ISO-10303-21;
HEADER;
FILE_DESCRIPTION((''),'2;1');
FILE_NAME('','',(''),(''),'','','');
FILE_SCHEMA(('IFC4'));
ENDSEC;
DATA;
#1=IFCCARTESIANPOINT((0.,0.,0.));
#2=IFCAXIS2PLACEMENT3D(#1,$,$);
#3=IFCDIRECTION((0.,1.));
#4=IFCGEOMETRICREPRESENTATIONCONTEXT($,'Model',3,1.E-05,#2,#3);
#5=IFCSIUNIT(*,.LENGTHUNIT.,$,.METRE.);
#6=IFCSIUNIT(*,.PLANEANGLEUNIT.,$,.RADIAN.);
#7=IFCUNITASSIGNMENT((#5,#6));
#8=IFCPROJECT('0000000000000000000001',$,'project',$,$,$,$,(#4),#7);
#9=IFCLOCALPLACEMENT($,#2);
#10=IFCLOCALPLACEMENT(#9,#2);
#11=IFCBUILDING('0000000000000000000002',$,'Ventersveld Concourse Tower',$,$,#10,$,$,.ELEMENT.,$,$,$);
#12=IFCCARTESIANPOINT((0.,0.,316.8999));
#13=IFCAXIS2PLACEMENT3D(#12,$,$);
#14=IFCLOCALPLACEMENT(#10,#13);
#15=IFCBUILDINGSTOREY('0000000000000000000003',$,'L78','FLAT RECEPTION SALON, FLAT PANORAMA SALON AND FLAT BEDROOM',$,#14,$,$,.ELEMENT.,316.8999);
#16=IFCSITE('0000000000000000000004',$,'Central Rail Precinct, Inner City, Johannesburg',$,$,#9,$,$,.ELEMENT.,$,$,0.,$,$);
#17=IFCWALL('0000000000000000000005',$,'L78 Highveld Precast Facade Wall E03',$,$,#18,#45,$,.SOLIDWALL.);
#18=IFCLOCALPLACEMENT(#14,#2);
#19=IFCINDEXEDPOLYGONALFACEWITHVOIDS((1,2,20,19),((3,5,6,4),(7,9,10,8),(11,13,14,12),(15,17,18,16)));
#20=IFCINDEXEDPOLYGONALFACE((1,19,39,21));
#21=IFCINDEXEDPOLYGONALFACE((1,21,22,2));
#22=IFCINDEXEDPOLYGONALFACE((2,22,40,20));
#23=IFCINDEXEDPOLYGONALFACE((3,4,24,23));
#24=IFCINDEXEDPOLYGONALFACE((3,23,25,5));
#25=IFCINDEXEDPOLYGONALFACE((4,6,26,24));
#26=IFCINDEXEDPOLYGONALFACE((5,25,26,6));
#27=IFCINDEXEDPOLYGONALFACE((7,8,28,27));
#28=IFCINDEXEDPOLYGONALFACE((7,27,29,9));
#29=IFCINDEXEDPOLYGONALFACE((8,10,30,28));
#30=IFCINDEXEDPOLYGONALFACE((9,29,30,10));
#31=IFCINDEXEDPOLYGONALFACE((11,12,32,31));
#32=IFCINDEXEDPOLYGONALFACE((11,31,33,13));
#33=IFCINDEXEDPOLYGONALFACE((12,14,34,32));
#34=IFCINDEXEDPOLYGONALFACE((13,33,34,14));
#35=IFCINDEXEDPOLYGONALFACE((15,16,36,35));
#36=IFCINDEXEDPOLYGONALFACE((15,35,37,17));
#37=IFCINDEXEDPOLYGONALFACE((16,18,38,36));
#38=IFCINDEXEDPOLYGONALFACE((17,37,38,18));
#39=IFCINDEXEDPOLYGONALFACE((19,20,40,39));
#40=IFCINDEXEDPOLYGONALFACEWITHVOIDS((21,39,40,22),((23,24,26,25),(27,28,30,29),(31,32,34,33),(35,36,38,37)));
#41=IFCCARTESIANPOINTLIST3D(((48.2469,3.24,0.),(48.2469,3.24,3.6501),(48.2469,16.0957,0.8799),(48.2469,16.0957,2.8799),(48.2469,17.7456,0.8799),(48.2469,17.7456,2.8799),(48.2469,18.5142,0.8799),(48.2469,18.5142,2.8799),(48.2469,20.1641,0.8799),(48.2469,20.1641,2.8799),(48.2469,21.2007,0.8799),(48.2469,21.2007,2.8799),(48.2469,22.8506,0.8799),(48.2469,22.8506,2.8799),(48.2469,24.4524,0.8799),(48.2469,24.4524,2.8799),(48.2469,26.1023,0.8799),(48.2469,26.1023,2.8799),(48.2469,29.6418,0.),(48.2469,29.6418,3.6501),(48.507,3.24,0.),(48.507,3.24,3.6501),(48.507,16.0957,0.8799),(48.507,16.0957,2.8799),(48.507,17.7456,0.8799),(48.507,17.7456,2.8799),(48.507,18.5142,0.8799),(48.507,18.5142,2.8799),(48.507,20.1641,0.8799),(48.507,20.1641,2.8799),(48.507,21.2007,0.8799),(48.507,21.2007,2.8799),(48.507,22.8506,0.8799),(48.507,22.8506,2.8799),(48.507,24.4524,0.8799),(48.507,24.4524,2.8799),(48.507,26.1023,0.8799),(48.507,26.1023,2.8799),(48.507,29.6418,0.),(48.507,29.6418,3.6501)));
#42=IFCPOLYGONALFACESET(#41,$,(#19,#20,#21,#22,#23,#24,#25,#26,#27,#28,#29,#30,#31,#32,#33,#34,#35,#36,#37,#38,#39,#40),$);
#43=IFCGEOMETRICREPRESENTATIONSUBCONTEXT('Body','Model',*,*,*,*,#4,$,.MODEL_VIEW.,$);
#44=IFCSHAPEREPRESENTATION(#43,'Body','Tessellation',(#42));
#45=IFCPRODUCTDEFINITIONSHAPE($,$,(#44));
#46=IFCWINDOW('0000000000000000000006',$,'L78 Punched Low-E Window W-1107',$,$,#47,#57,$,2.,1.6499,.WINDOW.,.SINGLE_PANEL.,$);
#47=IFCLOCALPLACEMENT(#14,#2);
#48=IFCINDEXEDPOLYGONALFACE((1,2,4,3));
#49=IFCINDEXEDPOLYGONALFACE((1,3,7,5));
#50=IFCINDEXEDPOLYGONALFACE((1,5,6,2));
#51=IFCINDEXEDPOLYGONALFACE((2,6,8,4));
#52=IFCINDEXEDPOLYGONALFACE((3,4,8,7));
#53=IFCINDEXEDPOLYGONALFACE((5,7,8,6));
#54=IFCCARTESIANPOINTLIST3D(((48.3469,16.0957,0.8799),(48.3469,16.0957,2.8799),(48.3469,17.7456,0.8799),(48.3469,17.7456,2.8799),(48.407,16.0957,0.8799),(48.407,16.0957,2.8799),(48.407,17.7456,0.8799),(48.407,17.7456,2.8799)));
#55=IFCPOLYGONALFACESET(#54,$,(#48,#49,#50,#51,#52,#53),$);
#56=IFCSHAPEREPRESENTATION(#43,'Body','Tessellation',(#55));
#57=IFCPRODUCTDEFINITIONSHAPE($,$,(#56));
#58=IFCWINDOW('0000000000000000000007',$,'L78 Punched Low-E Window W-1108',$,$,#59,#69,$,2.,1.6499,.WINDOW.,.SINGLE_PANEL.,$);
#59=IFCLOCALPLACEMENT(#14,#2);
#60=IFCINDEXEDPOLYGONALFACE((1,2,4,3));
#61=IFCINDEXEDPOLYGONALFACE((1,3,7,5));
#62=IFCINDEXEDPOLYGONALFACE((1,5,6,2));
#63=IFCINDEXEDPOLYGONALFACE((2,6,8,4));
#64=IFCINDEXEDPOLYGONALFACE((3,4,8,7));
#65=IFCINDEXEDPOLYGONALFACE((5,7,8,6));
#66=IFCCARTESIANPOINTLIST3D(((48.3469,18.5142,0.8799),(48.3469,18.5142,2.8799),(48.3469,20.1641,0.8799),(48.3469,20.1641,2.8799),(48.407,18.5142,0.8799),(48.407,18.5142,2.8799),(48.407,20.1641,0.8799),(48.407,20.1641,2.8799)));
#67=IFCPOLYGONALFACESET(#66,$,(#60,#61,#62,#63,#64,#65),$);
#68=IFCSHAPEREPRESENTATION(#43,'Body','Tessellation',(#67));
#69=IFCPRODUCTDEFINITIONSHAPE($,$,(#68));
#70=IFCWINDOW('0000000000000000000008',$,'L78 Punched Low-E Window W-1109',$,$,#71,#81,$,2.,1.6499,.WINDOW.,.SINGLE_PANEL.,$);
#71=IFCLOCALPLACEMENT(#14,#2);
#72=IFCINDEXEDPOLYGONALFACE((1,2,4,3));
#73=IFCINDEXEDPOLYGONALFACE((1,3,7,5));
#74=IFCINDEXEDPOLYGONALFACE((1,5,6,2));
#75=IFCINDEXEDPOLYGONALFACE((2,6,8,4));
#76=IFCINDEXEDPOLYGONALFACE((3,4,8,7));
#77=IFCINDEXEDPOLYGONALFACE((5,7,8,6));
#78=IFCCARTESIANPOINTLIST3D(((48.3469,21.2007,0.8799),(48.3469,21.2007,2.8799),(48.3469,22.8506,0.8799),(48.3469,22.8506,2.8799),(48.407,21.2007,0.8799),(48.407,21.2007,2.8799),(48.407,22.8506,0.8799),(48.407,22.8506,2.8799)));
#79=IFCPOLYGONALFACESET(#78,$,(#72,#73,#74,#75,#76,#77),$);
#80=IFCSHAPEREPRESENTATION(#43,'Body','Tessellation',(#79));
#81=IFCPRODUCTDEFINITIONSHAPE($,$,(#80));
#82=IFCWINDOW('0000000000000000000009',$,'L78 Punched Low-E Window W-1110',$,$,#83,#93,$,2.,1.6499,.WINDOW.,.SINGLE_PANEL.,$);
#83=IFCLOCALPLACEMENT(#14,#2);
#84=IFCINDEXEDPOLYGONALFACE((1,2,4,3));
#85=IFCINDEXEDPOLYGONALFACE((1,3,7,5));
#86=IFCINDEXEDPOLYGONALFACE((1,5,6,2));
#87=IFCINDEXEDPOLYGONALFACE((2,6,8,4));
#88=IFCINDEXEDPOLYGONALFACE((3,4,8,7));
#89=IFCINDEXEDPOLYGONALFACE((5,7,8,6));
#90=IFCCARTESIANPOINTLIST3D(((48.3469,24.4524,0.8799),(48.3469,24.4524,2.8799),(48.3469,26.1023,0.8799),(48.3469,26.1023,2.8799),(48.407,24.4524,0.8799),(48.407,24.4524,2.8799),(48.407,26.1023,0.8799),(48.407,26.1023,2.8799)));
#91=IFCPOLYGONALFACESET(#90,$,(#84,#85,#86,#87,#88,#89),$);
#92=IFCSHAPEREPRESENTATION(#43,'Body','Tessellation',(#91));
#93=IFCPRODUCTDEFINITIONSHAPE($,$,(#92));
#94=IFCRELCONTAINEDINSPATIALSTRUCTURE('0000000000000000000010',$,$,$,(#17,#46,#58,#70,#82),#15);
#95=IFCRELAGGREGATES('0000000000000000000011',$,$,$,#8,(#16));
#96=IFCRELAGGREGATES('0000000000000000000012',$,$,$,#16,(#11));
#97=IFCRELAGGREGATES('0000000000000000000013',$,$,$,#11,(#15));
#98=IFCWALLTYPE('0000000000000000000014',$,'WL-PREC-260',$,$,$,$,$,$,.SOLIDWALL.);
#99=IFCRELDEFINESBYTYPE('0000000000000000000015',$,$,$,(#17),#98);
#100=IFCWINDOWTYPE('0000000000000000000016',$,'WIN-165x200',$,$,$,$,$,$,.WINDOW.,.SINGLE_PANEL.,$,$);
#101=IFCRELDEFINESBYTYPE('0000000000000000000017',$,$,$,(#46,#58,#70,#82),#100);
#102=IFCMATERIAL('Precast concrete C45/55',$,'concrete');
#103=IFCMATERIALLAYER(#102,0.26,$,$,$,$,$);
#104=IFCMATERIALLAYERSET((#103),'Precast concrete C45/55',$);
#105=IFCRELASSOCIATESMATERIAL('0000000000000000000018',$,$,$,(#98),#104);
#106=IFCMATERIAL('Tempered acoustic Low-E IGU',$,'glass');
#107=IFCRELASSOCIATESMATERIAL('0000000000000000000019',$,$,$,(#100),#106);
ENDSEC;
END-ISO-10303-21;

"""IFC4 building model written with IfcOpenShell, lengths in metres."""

from ifc_helpers import new_model, si_unit, direction, frame, frame_2d, origin, place, context, subcontext, project, spatial, rectangle, extrude, material, layer, layer_set, type_object, element, fill, save


model = new_model("IFC4")

# Units and contexts
model_context = context("Model", 3, precision=1e-05, world=origin(), true_north=direction((0.0, 1.0)))
body_context = subcontext(model_context, "Body", "Model", "MODEL_VIEW")
ifc_project = project(units=[si_unit("LENGTHUNIT", "METRE"), si_unit("PLANEANGLEUNIT", "RADIAN")], contexts=[model_context])

# Site, building, storey
site_placement = place(None, origin())
site = spatial("IfcSite", under=ifc_project, at=site_placement, Name="Central Rail Precinct, Inner City, Johannesburg", CompositionType="ELEMENT", RefElevation=0.0)
building_placement = place(site_placement, origin())
building = spatial("IfcBuilding", under=site, at=building_placement, Name="Ventersveld Concourse Tower", CompositionType="ELEMENT")
storey_placement = place(building_placement, frame((0.0, 0.0, 316.8999)))
storey = spatial("IfcBuildingStorey", under=building, at=storey_placement, Name="L78", Description="FLAT RECEPTION SALON, FLAT PANORAMA SALON AND FLAT BEDROOM", CompositionType="ELEMENT", Elevation=316.8999)

# Shared definitions
ifc_material_1 = material(Name="Precast concrete C45/55", Category="concrete")
ifc_layer_1 = layer(ifc_material_1, 0.26)
ifc_layer_set_1 = layer_set([ifc_layer_1], Name="Precast concrete C45/55")
wall_type_1 = type_object("IfcWallType", Name="WL-PREC-260", PredefinedType="SOLIDWALL", material=ifc_layer_set_1)

# Shared definitions
ifc_material_2 = material(Name="Tempered acoustic Low-E IGU", Category="glass")
window_type = type_object("IfcWindowType", Name="WIN-165x200", PartitioningType="SINGLE_PANEL", PredefinedType="WINDOW", material=ifc_material_2)

# Wall, openings, windows
wall_1_placement = place(storey_placement, frame((48.377, 3.24, 0.0), z_axis=(0.0, 0.0, 1.0), x_axis=(0.0, 1.0, 0.0)))
wall_1 = element("IfcWall", 1, at=wall_1_placement, inside=storey, type_object=wall_type_1, Name="L78 Highveld Precast Facade Wall E03", PredefinedType="SOLIDWALL", context=body_context, shape_type="SweptSolid", body=[
    extrude(rectangle(XDim=26.4019, YDim=0.26, at=frame_2d((13.2009, 0.0))), origin(), (0.0, 0.0, 1.0), 3.6501),
])
opening_1_placement = place(wall_1_placement, frame((12.8557, 0.0, 0.8799)))
opening_1 = element("IfcOpeningElement", 2, at=opening_1_placement, cuts=wall_1, PredefinedType="OPENING", context=body_context, shape_type="SweptSolid", body=[
    extrude(rectangle(XDim=1.6499, YDim=2.0, at=frame_2d((0.825, 1.0))), frame((0.0, 0.1401, 0.0), z_axis=(0.0, -1.0, 0.0), x_axis=(1.0, 0.0, 0.0)), (0.0, 0.0, 1.0), 0.28),
])
opening_2_placement = place(wall_1_placement, frame((15.2742, 0.0, 0.8799)))
opening_2 = element("IfcOpeningElement", 3, at=opening_2_placement, cuts=wall_1, PredefinedType="OPENING", context=body_context, shape_type="SweptSolid", body=[
    extrude(rectangle(XDim=1.6499, YDim=2.0, at=frame_2d((0.825, 1.0))), frame((0.0, 0.1401, 0.0), z_axis=(0.0, -1.0, 0.0), x_axis=(1.0, 0.0, 0.0)), (0.0, 0.0, 1.0), 0.28),
])
opening_3_placement = place(wall_1_placement, frame((17.9607, 0.0, 0.8799)))
opening_3 = element("IfcOpeningElement", 4, at=opening_3_placement, cuts=wall_1, PredefinedType="OPENING", context=body_context, shape_type="SweptSolid", body=[
    extrude(rectangle(XDim=1.6499, YDim=2.0, at=frame_2d((0.825, 1.0))), frame((0.0, 0.1401, 0.0), z_axis=(0.0, -1.0, 0.0), x_axis=(1.0, 0.0, 0.0)), (0.0, 0.0, 1.0), 0.28),
])
opening_4_placement = place(wall_1_placement, frame((21.2124, 0.0, 0.8799)))
opening_4 = element("IfcOpeningElement", 5, at=opening_4_placement, cuts=wall_1, PredefinedType="OPENING", context=body_context, shape_type="SweptSolid", body=[
    extrude(rectangle(XDim=1.6499, YDim=2.0, at=frame_2d((0.825, 1.0))), frame((0.0, 0.1401, 0.0), z_axis=(0.0, -1.0, 0.0), x_axis=(1.0, 0.0, 0.0)), (0.0, 0.0, 1.0), 0.28),
])
window_1_placement = place(opening_1_placement, origin())
window_1 = element("IfcWindow", 6, at=window_1_placement, inside=storey, type_object=window_type, Name="L78 Punched Low-E Window W-1107", OverallHeight=2.0, OverallWidth=1.6499, PartitioningType="SINGLE_PANEL", PredefinedType="WINDOW", context=body_context, shape_type="SweptSolid", body=[
    extrude(rectangle(XDim=1.6499, YDim=2.0, at=frame_2d((0.825, 1.0))), frame((0.0, 0.03, 0.0), z_axis=(0.0, -1.0, 0.0), x_axis=(1.0, 0.0, 0.0)), (0.0, 0.0, 1.0), 0.0601),
])
fill(opening_1, window_1)
window_2_placement = place(opening_2_placement, origin())
window_2 = element("IfcWindow", 7, at=window_2_placement, inside=storey, type_object=window_type, Name="L78 Punched Low-E Window W-1108", OverallHeight=2.0, OverallWidth=1.6499, PartitioningType="SINGLE_PANEL", PredefinedType="WINDOW", context=body_context, shape_type="SweptSolid", body=[
    extrude(rectangle(XDim=1.6499, YDim=2.0, at=frame_2d((0.825, 1.0))), frame((0.0, 0.03, 0.0), z_axis=(0.0, -1.0, 0.0), x_axis=(1.0, 0.0, 0.0)), (0.0, 0.0, 1.0), 0.0601),
])
fill(opening_2, window_2)
window_3_placement = place(opening_3_placement, origin())
window_3 = element("IfcWindow", 8, at=window_3_placement, inside=storey, type_object=window_type, Name="L78 Punched Low-E Window W-1109", OverallHeight=2.0, OverallWidth=1.6499, PartitioningType="SINGLE_PANEL", PredefinedType="WINDOW", context=body_context, shape_type="SweptSolid", body=[
    extrude(rectangle(XDim=1.6499, YDim=2.0, at=frame_2d((0.825, 1.0))), frame((0.0, 0.03, 0.0), z_axis=(0.0, -1.0, 0.0), x_axis=(1.0, 0.0, 0.0)), (0.0, 0.0, 1.0), 0.0601),
])
fill(opening_3, window_3)
window_4_placement = place(opening_4_placement, origin())
window_4 = element("IfcWindow", 9, at=window_4_placement, inside=storey, type_object=window_type, Name="L78 Punched Low-E Window W-1110", OverallHeight=2.0, OverallWidth=1.6499, PartitioningType="SINGLE_PANEL", PredefinedType="WINDOW", context=body_context, shape_type="SweptSolid", body=[
    extrude(rectangle(XDim=1.6499, YDim=2.0, at=frame_2d((0.825, 1.0))), frame((0.0, 0.03, 0.0), z_axis=(0.0, -1.0, 0.0), x_axis=(1.0, 0.0, 0.0)), (0.0, 0.0, 1.0), 0.0601),
])
fill(opening_4, window_4)

save(model, "model.ifc")
